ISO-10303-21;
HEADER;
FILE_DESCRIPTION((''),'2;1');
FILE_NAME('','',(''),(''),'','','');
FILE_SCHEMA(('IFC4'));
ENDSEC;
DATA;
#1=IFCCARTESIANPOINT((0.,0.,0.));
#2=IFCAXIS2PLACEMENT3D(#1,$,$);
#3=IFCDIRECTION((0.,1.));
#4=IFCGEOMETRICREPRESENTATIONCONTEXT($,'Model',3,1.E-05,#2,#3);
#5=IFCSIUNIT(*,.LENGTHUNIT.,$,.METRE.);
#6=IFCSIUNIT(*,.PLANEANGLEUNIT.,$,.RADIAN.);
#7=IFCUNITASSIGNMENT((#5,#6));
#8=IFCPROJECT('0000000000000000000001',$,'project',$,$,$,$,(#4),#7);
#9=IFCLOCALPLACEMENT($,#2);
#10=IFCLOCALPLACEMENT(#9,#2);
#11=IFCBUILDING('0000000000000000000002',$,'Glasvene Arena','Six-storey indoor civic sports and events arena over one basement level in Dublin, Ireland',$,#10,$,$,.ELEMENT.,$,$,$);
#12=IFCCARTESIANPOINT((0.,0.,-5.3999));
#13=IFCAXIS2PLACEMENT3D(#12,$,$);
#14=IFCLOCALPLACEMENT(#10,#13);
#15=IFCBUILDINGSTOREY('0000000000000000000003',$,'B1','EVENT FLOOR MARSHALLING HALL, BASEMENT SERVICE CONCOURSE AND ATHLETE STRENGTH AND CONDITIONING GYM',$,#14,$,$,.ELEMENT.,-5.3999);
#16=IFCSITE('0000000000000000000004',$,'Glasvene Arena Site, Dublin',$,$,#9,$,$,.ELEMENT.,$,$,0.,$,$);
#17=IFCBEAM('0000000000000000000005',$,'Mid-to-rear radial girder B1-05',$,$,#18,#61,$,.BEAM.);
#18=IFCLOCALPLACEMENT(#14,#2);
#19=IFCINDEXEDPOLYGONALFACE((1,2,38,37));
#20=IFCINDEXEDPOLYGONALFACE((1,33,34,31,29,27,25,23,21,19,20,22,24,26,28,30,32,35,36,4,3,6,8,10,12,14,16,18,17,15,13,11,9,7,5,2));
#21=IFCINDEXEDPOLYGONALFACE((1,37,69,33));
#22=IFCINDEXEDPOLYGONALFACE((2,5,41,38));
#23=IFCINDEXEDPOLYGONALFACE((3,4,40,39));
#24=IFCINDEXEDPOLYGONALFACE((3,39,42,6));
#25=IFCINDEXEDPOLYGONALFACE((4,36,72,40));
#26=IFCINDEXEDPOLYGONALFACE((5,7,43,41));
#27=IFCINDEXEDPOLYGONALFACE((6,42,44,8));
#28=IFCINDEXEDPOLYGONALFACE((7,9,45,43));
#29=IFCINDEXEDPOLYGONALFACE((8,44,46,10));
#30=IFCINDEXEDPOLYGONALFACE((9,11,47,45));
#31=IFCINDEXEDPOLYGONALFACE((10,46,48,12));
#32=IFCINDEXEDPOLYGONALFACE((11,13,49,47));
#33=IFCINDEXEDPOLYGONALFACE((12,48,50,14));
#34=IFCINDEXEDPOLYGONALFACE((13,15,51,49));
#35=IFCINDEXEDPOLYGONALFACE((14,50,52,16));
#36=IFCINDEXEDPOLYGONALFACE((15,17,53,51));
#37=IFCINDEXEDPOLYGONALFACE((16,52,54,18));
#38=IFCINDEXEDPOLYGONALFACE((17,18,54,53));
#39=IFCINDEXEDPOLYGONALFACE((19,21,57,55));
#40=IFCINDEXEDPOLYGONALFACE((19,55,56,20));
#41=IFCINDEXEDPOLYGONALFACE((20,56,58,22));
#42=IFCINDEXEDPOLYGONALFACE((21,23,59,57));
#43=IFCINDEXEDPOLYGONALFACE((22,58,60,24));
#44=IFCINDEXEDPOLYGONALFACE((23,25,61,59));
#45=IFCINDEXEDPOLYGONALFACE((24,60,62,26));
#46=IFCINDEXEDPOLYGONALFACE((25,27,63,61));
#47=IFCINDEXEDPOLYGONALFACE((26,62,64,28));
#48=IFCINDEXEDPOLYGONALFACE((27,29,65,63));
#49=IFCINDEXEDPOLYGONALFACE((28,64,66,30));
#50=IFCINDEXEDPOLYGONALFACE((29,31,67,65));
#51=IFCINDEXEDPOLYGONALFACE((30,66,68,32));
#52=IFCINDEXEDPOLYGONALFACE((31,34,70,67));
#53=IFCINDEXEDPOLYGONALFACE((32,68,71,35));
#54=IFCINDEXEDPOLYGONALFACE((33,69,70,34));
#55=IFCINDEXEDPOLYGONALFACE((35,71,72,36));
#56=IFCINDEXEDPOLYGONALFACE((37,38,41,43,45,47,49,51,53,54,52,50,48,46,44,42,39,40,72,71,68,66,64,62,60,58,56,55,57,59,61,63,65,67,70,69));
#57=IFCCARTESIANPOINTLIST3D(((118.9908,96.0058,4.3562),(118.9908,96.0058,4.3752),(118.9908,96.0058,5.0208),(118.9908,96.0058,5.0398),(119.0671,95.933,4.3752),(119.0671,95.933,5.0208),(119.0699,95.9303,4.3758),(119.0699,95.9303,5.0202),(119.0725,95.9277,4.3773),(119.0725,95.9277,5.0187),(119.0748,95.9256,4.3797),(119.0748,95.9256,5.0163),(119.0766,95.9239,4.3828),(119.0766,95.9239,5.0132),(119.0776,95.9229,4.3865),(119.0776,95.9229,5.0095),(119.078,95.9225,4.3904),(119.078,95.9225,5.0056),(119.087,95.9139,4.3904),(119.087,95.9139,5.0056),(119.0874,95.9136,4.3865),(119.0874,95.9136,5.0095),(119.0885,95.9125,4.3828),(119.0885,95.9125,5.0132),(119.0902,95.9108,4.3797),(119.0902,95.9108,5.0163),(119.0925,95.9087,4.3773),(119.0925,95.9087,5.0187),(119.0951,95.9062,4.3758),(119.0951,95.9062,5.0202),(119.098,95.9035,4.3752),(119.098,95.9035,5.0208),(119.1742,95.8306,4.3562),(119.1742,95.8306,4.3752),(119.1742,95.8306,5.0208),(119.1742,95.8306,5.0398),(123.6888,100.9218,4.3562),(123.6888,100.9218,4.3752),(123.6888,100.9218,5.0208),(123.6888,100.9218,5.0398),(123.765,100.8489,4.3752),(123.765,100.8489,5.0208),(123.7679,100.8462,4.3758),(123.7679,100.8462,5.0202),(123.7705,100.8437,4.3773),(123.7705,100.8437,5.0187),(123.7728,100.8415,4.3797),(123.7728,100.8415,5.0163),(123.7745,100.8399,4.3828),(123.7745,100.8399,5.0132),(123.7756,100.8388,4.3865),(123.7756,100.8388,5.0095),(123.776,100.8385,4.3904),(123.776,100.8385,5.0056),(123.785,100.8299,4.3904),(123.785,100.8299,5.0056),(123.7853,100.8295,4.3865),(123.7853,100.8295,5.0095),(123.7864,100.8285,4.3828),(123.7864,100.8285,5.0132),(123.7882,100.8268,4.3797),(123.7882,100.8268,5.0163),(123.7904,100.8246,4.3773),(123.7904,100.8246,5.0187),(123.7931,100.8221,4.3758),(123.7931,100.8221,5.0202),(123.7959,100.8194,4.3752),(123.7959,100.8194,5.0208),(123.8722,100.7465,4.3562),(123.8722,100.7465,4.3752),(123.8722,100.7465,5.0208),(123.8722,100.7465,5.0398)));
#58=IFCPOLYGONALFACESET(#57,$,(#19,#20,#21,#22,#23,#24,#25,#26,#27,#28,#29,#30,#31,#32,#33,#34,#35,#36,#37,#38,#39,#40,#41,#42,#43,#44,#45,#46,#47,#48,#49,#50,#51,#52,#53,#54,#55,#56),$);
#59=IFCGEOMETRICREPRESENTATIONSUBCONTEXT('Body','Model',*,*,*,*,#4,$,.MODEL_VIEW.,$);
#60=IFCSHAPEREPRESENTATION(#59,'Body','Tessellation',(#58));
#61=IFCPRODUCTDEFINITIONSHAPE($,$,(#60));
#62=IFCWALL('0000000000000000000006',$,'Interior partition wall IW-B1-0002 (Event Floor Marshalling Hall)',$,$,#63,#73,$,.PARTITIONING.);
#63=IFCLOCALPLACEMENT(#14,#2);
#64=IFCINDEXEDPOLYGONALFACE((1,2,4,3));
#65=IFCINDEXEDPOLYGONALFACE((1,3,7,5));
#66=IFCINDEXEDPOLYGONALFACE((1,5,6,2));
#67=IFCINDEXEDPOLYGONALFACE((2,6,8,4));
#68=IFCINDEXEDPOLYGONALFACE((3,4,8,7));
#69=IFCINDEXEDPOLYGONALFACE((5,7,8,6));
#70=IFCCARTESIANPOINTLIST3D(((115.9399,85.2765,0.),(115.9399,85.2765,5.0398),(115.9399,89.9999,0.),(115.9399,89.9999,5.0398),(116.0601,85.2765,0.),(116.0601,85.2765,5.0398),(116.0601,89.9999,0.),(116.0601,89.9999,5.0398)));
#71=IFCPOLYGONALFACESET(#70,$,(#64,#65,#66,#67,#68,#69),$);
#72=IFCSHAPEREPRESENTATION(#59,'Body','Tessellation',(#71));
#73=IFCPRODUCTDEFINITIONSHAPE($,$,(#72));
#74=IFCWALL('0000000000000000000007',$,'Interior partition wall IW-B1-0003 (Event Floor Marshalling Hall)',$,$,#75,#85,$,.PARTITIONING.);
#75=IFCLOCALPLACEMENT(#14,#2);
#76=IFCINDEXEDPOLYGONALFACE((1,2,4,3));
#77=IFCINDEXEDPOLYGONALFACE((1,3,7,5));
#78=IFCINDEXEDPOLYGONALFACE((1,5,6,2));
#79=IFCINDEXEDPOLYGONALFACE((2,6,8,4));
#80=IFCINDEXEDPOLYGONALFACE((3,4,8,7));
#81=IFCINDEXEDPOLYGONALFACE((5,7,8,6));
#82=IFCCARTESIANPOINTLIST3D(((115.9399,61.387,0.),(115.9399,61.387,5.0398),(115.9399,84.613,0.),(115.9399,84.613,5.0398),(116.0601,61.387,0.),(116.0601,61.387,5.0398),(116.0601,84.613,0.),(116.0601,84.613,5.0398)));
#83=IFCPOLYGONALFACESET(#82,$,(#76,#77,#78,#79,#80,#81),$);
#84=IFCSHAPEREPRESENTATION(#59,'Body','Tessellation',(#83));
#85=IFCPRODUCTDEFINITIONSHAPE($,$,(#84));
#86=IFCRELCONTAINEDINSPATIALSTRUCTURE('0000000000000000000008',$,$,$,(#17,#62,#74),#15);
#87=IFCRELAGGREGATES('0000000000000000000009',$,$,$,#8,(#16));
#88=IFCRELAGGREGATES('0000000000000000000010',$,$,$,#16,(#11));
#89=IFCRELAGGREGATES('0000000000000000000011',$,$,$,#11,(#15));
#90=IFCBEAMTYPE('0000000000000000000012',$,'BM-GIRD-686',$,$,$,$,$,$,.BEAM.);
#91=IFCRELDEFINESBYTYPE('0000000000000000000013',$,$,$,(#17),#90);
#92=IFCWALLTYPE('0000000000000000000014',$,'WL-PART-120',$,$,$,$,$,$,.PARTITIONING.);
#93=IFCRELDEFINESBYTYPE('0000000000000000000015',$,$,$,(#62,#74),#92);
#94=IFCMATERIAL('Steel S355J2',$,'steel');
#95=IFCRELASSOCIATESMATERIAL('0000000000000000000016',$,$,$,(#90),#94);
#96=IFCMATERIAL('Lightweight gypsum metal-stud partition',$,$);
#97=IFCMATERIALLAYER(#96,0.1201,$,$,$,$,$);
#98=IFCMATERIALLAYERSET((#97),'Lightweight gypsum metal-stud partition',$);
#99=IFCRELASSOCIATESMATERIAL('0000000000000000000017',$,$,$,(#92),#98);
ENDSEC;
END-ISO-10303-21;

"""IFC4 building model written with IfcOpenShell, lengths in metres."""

from ifc_helpers import new_model, si_unit, direction, frame, frame_2d, origin, origin_2d, place, context, subcontext, project, spatial, rectangle, i_section, extrude, material, layer, layer_set, material_profile, profile_set, type_object, element, save


model = new_model("IFC4")

# Units and contexts
model_context = context("Model", 3, precision=1e-05, world=origin(), true_north=direction((0.0, 1.0)))
body_context = subcontext(model_context, "Body", "Model", "MODEL_VIEW")
ifc_project = project(units=[si_unit("LENGTHUNIT", "METRE"), si_unit("PLANEANGLEUNIT", "RADIAN")], contexts=[model_context])

# Site, building, storey
site_placement = place(None, origin())
site = spatial("IfcSite", under=ifc_project, at=site_placement, Name="Glasvene Arena Site, Dublin", CompositionType="ELEMENT", RefElevation=0.0)
building_placement = place(site_placement, origin())
building = spatial("IfcBuilding", under=site, at=building_placement, Name="Glasvene Arena", Description="Six-storey indoor civic sports and events arena over one basement level in Dublin, Ireland", CompositionType="ELEMENT")
storey_placement = place(building_placement, frame((0.0, 0.0, -5.3999)))
storey = spatial("IfcBuildingStorey", under=building, at=storey_placement, Name="B1", Description="EVENT FLOOR MARSHALLING HALL, BASEMENT SERVICE CONCOURSE AND ATHLETE STRENGTH AND CONDITIONING GYM", CompositionType="ELEMENT", Elevation=-5.3999)

# Beam
ifc_material_1 = material(Name="Steel S355J2", Category="steel")
ifc_material_profile_1 = material_profile(ifc_material_1, i_section(OverallWidth=0.2537, OverallDepth=0.6836, WebThickness=0.0125, FlangeThickness=0.019, FilletRadius=0.0151, at=origin_2d()), Name="UKB 686x254x140")
ifc_profile_set_1 = profile_set([ifc_material_profile_1], Name="Steel S355J2")
beam_type_1 = type_object("IfcBeamType", Name="BM-GIRD-686", PredefinedType="BEAM", material=ifc_profile_set_1)
beam_1_placement = place(storey_placement, frame((119.0825, 95.9182, 4.698), z_axis=(0.690894, 0.722956, 0.0), x_axis=(-0.722956, 0.690894, 0.0)))
element("IfcBeam", 1, at=beam_1_placement, inside=storey, type_object=beam_type_1, Name="Mid-to-rear radial girder B1-05", PredefinedType="BEAM", context=body_context, shape_type="SweptSolid", body=[
    extrude(i_section(OverallWidth=0.2537, OverallDepth=0.6836, WebThickness=0.0125, FlangeThickness=0.019, FilletRadius=0.0151, at=origin_2d()), origin(), (0.0, 0.0, 1.0), 6.7998),
])

# Walls
ifc_material_2 = material(Name="Lightweight gypsum metal-stud partition")
ifc_layer = layer(ifc_material_2, 0.1201)
ifc_layer_set = layer_set([ifc_layer], Name="Lightweight gypsum metal-stud partition")
wall_type = type_object("IfcWallType", Name="WL-PART-120", PredefinedType="PARTITIONING", material=ifc_layer_set)
wall_1_placement = place(storey_placement, frame((116.0, 90.0, 0.0), z_axis=(0.0, 0.0, 1.0), x_axis=(0.0, -1.0, 0.0)))
element("IfcWall", 2, at=wall_1_placement, inside=storey, type_object=wall_type, Name="Interior partition wall IW-B1-0002 (Event Floor Marshalling Hall)", PredefinedType="PARTITIONING", context=body_context, shape_type="SweptSolid", body=[
    extrude(rectangle(XDim=4.7234, YDim=0.1201, at=frame_2d((2.3618, 0.0))), origin(), (0.0, 0.0, 1.0), 5.0398),
])
wall_2_placement = place(storey_placement, frame((116.0, 84.613, 0.0), z_axis=(0.0, 0.0, 1.0), x_axis=(0.0, -1.0, 0.0)))
element("IfcWall", 3, at=wall_2_placement, inside=storey, type_object=wall_type, Name="Interior partition wall IW-B1-0003 (Event Floor Marshalling Hall)", PredefinedType="PARTITIONING", context=body_context, shape_type="SweptSolid", body=[
    extrude(rectangle(XDim=23.2261, YDim=0.1201, at=frame_2d((11.613, 0.0))), origin(), (0.0, 0.0, 1.0), 5.0398),
])

save(model, "model.ifc")
